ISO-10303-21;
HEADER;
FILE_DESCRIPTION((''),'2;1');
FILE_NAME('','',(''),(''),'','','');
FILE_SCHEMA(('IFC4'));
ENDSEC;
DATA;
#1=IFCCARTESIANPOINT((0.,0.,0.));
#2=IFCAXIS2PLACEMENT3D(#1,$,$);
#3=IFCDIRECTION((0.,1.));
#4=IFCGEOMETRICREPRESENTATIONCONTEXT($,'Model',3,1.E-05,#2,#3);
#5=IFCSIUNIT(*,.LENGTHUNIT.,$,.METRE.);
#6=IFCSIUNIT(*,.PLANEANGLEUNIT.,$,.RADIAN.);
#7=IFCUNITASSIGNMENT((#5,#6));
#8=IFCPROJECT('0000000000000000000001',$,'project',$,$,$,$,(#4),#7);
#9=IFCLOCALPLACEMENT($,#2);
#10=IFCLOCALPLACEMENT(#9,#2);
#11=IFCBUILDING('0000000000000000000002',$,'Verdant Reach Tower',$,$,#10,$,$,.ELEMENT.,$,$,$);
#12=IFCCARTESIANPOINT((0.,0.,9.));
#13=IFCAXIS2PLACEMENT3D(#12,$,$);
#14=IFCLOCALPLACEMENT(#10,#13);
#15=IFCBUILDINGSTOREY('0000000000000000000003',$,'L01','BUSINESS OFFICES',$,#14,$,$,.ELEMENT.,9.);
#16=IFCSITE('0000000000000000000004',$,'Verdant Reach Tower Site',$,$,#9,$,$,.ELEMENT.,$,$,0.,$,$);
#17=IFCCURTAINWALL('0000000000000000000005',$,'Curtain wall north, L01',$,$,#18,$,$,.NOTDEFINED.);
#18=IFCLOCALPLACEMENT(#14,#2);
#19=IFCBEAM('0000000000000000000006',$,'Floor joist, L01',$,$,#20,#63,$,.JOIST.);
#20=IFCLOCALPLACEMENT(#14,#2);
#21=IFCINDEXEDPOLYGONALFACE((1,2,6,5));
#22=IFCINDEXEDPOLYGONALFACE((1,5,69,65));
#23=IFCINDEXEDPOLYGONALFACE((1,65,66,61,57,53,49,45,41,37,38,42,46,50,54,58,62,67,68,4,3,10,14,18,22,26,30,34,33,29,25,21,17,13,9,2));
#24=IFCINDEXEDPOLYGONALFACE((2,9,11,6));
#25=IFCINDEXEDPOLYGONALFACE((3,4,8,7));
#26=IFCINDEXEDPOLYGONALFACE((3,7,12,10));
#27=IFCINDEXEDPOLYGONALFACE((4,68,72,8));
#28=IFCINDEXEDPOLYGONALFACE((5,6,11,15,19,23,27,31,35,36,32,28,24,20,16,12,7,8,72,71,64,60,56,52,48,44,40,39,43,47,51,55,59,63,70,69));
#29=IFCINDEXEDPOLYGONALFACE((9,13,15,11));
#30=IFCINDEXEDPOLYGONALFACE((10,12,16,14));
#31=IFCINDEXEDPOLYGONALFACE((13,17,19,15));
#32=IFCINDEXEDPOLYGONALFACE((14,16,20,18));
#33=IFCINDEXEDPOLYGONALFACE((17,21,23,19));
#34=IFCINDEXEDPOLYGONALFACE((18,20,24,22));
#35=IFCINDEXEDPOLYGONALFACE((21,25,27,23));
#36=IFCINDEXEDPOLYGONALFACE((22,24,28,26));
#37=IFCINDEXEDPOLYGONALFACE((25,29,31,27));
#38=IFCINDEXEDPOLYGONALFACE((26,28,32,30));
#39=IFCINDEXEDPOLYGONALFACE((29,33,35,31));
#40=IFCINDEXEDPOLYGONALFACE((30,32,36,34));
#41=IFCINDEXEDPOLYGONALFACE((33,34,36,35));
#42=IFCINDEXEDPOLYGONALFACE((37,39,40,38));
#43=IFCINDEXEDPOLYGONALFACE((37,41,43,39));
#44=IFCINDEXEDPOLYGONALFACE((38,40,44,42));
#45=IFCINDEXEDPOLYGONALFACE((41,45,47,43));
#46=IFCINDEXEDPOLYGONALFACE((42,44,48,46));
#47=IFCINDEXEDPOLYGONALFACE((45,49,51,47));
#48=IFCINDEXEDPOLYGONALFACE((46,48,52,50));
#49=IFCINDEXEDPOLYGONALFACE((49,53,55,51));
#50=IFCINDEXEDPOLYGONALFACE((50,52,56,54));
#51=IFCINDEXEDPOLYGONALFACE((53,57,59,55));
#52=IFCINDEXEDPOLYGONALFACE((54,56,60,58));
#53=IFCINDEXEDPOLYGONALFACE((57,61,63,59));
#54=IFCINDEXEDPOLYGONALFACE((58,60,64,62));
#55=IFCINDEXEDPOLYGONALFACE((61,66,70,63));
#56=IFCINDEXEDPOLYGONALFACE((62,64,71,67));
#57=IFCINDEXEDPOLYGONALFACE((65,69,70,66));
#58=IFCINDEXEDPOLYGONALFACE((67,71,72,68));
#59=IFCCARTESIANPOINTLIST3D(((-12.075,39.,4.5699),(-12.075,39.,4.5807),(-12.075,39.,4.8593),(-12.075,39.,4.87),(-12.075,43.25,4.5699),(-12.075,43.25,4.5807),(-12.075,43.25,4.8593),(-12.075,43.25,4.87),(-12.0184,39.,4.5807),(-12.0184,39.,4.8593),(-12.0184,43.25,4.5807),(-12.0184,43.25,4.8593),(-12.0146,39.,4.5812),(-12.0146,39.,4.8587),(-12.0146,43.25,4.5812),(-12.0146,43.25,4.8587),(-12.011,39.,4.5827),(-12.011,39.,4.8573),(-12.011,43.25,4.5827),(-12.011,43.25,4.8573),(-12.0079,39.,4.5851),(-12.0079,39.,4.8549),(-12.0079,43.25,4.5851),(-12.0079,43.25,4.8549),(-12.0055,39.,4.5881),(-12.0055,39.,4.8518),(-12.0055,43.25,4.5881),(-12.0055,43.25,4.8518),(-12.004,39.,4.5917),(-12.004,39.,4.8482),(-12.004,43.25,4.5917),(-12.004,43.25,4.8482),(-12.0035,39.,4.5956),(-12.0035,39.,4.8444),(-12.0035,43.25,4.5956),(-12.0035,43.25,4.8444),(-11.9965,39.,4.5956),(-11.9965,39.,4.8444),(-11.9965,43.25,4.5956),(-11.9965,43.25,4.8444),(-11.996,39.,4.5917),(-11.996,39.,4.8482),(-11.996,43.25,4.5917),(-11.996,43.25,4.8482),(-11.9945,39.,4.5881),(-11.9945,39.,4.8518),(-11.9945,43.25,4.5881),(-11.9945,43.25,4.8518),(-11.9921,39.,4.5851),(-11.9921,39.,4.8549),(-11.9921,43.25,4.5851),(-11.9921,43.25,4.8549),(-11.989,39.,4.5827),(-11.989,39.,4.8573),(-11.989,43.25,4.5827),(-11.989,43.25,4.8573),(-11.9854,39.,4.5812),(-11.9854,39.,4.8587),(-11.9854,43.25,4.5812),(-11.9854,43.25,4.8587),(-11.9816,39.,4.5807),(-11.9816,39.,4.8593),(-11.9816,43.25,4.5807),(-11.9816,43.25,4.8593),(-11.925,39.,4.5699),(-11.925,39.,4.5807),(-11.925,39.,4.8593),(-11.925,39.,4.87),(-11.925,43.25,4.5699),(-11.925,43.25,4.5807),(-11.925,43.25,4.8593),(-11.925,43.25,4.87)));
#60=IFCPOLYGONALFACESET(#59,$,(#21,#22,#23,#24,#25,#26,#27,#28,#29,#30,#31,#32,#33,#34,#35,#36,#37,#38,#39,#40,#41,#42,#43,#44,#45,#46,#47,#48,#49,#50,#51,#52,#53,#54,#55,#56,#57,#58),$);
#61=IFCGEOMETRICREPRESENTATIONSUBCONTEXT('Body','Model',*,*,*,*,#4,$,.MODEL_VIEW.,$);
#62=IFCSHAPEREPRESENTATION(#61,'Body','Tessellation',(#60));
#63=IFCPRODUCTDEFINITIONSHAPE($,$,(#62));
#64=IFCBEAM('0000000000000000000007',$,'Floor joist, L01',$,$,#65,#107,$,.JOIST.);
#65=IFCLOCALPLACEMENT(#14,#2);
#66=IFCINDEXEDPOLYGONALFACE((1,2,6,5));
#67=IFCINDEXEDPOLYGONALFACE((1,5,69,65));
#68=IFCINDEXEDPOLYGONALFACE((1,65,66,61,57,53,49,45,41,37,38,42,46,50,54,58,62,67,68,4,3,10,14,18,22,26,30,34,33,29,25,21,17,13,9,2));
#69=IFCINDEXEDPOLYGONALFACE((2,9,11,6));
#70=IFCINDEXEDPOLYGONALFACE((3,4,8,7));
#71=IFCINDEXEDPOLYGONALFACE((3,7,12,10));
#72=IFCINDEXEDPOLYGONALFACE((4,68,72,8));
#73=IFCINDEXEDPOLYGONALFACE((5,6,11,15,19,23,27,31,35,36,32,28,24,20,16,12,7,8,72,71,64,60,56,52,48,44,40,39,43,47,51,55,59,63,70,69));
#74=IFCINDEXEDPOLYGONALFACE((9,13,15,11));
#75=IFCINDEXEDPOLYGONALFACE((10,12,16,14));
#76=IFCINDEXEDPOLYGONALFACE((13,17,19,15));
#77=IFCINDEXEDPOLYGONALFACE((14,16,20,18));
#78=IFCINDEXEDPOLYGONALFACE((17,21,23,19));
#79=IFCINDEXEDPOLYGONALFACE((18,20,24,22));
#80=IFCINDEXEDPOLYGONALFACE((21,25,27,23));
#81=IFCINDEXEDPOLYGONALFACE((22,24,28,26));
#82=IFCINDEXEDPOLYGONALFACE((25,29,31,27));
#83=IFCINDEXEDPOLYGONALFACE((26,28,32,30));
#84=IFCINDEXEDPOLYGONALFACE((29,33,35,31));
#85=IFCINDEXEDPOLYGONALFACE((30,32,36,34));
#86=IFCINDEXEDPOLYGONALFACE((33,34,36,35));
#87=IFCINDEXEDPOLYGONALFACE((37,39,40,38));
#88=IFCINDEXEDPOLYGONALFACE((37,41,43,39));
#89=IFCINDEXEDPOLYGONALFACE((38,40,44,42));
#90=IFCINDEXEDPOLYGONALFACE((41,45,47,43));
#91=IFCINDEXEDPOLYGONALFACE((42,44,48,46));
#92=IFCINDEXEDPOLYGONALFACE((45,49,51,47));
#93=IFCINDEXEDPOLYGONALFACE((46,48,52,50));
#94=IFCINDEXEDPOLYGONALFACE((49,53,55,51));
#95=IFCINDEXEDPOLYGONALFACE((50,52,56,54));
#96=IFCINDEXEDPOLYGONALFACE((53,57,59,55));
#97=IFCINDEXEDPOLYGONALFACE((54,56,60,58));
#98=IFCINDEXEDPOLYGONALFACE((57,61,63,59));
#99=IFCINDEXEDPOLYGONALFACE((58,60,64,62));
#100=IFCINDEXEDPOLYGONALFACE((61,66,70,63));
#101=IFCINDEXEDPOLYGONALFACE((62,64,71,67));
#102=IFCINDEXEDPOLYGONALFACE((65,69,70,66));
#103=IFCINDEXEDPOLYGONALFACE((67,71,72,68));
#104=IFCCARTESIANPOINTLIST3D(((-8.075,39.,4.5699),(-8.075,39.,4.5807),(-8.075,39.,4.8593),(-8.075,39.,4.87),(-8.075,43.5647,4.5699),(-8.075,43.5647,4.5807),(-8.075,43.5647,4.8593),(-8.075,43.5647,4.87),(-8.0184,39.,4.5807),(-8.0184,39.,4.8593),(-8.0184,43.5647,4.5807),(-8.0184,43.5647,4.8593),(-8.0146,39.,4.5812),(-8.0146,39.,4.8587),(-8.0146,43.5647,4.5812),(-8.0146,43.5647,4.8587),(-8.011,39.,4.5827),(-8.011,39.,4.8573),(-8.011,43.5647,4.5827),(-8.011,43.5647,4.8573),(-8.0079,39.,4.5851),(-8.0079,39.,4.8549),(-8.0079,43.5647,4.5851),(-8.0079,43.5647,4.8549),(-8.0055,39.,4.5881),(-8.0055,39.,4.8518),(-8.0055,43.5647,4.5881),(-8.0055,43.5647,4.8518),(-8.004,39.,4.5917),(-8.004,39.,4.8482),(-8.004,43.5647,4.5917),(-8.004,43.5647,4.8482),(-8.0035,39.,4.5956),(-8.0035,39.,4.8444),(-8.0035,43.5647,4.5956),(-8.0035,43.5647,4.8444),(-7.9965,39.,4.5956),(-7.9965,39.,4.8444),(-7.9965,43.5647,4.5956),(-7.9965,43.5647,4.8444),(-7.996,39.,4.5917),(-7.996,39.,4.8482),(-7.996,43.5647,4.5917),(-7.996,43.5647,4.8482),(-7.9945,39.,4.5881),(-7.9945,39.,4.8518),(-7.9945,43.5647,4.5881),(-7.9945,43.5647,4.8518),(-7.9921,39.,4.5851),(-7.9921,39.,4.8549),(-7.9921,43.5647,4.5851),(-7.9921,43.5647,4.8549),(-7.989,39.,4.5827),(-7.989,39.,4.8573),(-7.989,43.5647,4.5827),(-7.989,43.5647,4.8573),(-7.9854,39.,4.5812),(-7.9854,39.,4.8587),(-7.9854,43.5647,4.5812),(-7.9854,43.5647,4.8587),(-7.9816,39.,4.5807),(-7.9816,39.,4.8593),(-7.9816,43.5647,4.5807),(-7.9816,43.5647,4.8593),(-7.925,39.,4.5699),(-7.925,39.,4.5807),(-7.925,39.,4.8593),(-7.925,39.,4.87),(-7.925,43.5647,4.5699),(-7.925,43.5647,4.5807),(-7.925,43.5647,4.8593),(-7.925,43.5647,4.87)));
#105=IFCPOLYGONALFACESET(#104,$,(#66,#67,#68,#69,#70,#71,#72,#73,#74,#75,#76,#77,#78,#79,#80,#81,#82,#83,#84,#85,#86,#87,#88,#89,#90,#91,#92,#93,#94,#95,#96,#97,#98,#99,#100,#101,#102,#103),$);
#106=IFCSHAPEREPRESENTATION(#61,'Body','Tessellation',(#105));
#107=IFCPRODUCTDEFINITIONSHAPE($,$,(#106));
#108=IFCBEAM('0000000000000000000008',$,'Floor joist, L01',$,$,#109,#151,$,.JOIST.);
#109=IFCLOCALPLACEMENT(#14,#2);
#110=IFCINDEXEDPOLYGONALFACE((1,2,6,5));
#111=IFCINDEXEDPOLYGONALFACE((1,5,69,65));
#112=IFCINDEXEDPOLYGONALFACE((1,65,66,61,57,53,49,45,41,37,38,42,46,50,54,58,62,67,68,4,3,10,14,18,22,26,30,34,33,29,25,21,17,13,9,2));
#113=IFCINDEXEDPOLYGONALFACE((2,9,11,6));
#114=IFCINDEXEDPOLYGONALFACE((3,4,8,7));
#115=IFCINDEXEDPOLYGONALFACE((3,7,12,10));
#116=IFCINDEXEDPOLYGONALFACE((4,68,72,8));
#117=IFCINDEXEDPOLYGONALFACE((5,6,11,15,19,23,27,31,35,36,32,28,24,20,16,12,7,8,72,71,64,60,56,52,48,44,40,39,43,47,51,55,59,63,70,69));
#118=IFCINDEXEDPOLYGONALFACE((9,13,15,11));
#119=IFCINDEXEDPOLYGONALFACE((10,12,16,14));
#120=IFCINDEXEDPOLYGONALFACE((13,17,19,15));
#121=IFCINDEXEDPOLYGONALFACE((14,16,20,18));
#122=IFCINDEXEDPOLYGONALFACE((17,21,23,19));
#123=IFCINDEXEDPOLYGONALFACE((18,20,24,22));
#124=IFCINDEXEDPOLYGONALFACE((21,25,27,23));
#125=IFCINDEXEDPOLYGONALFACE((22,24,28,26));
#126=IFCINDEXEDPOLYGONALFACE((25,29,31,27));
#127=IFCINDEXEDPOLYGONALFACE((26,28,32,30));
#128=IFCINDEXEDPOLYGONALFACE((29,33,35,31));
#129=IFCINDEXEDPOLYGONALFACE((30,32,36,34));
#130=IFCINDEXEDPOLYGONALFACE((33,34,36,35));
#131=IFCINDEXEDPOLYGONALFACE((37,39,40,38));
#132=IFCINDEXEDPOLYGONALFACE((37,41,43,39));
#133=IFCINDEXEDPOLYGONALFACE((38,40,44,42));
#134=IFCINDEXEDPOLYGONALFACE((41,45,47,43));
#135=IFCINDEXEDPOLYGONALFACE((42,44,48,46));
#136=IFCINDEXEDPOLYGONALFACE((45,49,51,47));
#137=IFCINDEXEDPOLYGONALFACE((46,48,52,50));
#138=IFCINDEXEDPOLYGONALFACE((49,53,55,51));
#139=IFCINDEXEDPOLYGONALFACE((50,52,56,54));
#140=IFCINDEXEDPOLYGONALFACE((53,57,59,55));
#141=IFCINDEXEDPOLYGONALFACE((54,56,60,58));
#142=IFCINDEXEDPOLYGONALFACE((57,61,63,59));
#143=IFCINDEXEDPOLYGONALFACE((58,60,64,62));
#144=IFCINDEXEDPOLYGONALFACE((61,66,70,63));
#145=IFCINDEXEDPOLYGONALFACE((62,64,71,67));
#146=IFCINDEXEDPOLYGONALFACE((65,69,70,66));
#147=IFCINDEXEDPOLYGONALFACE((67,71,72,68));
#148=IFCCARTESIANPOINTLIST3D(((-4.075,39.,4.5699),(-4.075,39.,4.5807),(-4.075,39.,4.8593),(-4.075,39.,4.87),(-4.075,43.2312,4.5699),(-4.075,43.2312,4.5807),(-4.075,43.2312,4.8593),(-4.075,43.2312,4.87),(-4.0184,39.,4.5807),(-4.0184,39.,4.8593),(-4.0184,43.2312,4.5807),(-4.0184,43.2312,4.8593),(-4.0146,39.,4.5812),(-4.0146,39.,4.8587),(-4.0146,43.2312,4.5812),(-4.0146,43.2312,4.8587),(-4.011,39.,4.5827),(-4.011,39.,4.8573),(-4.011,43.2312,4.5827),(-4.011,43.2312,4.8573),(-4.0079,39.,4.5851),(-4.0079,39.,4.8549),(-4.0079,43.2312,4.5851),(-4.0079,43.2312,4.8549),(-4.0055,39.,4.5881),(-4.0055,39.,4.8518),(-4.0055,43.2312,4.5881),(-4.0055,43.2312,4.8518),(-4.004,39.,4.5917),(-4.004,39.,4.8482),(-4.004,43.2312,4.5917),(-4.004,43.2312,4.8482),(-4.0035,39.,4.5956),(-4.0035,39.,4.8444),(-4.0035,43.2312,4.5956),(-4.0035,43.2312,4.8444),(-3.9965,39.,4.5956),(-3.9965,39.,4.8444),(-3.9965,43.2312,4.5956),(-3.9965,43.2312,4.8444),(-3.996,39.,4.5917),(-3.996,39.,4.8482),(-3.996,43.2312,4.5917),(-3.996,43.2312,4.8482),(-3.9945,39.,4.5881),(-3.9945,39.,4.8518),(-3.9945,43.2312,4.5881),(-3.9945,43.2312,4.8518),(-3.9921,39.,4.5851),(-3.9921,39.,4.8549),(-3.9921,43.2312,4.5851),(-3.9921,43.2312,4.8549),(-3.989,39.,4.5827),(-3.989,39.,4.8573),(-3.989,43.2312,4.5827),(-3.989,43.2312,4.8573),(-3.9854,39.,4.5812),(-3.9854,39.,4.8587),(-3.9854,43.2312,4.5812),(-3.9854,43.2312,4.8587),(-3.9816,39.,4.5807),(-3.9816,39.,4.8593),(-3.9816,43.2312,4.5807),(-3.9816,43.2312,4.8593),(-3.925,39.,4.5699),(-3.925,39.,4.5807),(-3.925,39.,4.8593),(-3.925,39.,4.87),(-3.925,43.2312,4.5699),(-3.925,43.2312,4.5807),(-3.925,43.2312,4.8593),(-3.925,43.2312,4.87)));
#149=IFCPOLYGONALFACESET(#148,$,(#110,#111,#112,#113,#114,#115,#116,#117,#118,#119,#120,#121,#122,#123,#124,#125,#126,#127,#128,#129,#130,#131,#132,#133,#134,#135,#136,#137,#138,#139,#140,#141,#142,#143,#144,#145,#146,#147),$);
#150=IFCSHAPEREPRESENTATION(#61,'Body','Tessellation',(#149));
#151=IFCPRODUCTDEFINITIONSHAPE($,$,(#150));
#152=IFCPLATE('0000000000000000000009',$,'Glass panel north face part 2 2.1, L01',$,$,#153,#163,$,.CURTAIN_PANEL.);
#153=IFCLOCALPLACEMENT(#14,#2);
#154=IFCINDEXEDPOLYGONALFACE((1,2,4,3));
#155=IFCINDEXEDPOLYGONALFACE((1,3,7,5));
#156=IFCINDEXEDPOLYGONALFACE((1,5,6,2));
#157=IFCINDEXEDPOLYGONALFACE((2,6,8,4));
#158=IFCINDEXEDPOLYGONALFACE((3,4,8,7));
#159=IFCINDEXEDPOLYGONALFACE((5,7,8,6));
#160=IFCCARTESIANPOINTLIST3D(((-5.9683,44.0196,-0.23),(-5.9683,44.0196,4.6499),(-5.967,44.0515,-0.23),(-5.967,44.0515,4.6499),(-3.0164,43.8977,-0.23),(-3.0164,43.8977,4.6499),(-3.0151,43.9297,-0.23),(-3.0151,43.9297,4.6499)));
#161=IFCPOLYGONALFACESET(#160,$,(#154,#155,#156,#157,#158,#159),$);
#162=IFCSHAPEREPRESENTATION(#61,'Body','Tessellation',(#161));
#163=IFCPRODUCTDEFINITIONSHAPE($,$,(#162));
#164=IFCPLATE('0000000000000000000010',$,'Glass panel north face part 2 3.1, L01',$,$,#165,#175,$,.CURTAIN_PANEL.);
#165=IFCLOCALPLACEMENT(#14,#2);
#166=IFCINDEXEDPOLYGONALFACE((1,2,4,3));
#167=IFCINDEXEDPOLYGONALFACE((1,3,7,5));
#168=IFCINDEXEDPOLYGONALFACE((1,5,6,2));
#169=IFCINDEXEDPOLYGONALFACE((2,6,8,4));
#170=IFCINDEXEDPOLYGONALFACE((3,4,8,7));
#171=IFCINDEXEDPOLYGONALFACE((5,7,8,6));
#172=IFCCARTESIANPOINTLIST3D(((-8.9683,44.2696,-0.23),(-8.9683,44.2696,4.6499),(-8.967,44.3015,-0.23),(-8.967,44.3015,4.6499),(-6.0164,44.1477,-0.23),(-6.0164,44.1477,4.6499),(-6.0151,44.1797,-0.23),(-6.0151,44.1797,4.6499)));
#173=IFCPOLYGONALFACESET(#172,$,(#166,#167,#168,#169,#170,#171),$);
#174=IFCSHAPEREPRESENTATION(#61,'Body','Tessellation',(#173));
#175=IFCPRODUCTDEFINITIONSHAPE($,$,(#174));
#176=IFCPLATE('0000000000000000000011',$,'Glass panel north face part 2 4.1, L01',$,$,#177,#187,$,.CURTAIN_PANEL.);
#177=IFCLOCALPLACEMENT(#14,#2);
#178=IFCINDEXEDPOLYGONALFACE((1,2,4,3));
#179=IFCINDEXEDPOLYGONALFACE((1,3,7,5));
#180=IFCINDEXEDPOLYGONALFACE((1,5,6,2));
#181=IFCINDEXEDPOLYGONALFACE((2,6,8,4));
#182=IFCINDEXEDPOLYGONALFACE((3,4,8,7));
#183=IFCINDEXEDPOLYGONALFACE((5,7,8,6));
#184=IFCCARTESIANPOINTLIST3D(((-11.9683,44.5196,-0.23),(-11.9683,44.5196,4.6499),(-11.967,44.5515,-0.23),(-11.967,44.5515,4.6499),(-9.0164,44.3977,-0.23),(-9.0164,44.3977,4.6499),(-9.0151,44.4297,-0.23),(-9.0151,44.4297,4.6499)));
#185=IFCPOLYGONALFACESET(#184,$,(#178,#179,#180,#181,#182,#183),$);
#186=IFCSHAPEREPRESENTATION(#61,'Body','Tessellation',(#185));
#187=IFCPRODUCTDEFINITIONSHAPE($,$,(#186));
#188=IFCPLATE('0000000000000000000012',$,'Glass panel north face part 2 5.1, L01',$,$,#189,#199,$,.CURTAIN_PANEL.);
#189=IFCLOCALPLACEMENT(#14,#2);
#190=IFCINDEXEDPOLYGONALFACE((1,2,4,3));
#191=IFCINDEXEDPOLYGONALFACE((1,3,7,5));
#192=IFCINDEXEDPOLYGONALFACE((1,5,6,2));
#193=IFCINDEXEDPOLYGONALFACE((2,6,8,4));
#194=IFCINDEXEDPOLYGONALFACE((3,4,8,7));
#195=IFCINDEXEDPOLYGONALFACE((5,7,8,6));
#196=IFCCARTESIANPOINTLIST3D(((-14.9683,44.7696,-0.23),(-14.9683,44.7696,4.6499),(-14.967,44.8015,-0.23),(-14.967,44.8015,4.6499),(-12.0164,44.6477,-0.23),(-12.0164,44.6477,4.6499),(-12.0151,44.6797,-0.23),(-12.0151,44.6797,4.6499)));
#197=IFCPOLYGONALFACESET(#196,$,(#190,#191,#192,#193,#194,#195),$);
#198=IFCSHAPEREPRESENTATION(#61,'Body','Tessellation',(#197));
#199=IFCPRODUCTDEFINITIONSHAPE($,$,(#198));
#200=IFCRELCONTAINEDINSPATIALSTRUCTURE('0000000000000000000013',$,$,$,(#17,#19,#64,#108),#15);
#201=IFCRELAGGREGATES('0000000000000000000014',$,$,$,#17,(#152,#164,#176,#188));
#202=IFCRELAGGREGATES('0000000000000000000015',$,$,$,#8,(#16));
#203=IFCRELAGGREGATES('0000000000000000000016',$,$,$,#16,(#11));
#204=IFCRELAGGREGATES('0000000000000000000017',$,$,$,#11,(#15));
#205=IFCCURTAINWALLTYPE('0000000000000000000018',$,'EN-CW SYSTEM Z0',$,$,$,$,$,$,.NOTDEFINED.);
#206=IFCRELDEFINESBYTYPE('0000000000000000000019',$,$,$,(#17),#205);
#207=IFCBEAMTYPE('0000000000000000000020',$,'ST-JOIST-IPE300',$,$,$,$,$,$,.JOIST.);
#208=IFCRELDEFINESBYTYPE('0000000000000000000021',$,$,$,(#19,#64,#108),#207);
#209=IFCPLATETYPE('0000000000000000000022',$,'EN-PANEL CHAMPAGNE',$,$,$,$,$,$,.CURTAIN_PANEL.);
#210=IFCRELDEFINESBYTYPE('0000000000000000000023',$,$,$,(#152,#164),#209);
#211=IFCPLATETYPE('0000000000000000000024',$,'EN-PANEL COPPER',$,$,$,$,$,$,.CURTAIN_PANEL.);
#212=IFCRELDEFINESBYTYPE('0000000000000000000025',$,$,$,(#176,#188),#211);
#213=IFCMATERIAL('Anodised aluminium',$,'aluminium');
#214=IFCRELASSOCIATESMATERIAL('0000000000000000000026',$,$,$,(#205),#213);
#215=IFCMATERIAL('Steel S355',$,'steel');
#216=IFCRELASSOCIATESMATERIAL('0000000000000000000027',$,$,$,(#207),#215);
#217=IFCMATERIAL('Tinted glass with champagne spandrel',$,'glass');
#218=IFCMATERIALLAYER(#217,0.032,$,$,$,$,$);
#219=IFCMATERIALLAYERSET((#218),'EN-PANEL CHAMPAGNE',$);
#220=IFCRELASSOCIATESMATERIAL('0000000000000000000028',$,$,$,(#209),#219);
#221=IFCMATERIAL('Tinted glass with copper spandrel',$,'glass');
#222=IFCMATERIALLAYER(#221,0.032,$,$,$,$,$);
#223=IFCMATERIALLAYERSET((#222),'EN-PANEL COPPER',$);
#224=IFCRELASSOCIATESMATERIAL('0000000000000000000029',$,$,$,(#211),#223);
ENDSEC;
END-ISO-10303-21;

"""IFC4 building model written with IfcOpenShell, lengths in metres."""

from ifc_helpers import new_model, si_unit, direction, frame, origin, origin_2d, place, context, subcontext, project, spatial, rectangle, i_section, extrude, material, layer, layer_set, material_profile, profile_set, type_object, element, aggregate, save


model = new_model("IFC4")

# Units and contexts
model_context = context("Model", 3, precision=1e-05, world=origin(), true_north=direction((0.0, 1.0)))
body_context = subcontext(model_context, "Body", "Model", "MODEL_VIEW")
ifc_project = project(units=[si_unit("LENGTHUNIT", "METRE"), si_unit("PLANEANGLEUNIT", "RADIAN")], contexts=[model_context])

# Site, building, storey
site_placement = place(None, origin())
site = spatial("IfcSite", under=ifc_project, at=site_placement, Name="Verdant Reach Tower Site", CompositionType="ELEMENT", RefElevation=0.0)
building_placement = place(site_placement, origin())
building = spatial("IfcBuilding", under=site, at=building_placement, Name="Verdant Reach Tower", CompositionType="ELEMENT")
storey_placement = place(building_placement, frame((0.0, 0.0, 9.0)))
storey = spatial("IfcBuildingStorey", under=building, at=storey_placement, Name="L01", Description="BUSINESS OFFICES", CompositionType="ELEMENT", Elevation=9.0)

# Curtain wall
ifc_material_1 = material(Name="Anodised aluminium", Category="aluminium")
curtain_wall_type = type_object("IfcCurtainWallType", Name="EN-CW SYSTEM Z0", PredefinedType="NOTDEFINED", material=ifc_material_1)
curtain_wall_placement = place(storey_placement, origin())
curtain_wall = element("IfcCurtainWall", 1, at=curtain_wall_placement, inside=storey, type_object=curtain_wall_type, Name="Curtain wall north, L01", PredefinedType="NOTDEFINED")

# Beams
ifc_material_2 = material(Name="Steel S355", Category="steel")
ifc_material_profile_1 = material_profile(ifc_material_2, i_section(OverallWidth=0.1499, OverallDepth=0.3, WebThickness=0.0071, FlangeThickness=0.0107, FilletRadius=0.0149, at=origin_2d()), Name="IPE 300")
ifc_profile_set_1 = profile_set([ifc_material_profile_1], Name="Steel S355")
beam_type_1 = type_object("IfcBeamType", Name="ST-JOIST-IPE300", PredefinedType="JOIST", material=ifc_profile_set_1)
beam_1_placement = place(storey_placement, frame((-12.0, 39.0, 4.72), z_axis=(0.0, 1.0, 0.0), x_axis=(-1.0, 0.0, 0.0)))
element("IfcBeam", 2, at=beam_1_placement, inside=storey, type_object=beam_type_1, Name="Floor joist, L01", PredefinedType="JOIST", context=body_context, shape_type="SweptSolid", body=[
    extrude(i_section(OverallWidth=0.1499, OverallDepth=0.3, WebThickness=0.0071, FlangeThickness=0.0107, FilletRadius=0.0149, at=origin_2d()), origin(), (0.0, 0.0, 1.0), 4.25),
])
beam_2_placement = place(storey_placement, frame((-8.0, 39.0, 4.72), z_axis=(0.0, 1.0, 0.0), x_axis=(-1.0, 0.0, 0.0)))
element("IfcBeam", 3, at=beam_2_placement, inside=storey, type_object=beam_type_1, Name="Floor joist, L01", PredefinedType="JOIST", context=body_context, shape_type="SweptSolid", body=[
    extrude(i_section(OverallWidth=0.1499, OverallDepth=0.3, WebThickness=0.0071, FlangeThickness=0.0107, FilletRadius=0.0149, at=origin_2d()), origin(), (0.0, 0.0, 1.0), 4.5647),
])
beam_3_placement = place(storey_placement, frame((-4.0, 39.0, 4.72), z_axis=(0.0, 1.0, 0.0), x_axis=(-1.0, 0.0, 0.0)))
element("IfcBeam", 4, at=beam_3_placement, inside=storey, type_object=beam_type_1, Name="Floor joist, L01", PredefinedType="JOIST", context=body_context, shape_type="SweptSolid", body=[
    extrude(i_section(OverallWidth=0.1499, OverallDepth=0.3, WebThickness=0.0071, FlangeThickness=0.0107, FilletRadius=0.0149, at=origin_2d()), origin(), (0.0, 0.0, 1.0), 4.2312),
])

# Plates
ifc_material_3 = material(Name="Tinted glass with champagne spandrel", Category="glass")
ifc_layer_1 = layer(ifc_material_3, 0.032)
ifc_layer_set_1 = layer_set([ifc_layer_1], Name="EN-PANEL CHAMPAGNE")
plate_type_1 = type_object("IfcPlateType", Name="EN-PANEL CHAMPAGNE", PredefinedType="CURTAIN_PANEL", material=ifc_layer_set_1)
plate_1_placement = place(storey_placement, frame((-4.4917, 43.9746, -0.23), z_axis=(0.0, 0.0, 1.0), x_axis=(-0.999149, 0.041242, 0.0)))
plate_1 = element("IfcPlate", 5, at=plate_1_placement, type_object=plate_type_1, Name="Glass panel north face part 2 2.1, L01", PredefinedType="CURTAIN_PANEL", context=body_context, shape_type="SweptSolid", body=[
    extrude(rectangle(XDim=2.9543, YDim=0.032, at=origin_2d()), origin(), (0.0, 0.0, 1.0), 4.8799),
])
plate_2_placement = place(storey_placement, frame((-7.4917, 44.2246, -0.23), z_axis=(0.0, 0.0, 1.0), x_axis=(-0.999149, 0.041242, 0.0)))
plate_2 = element("IfcPlate", 6, at=plate_2_placement, type_object=plate_type_1, Name="Glass panel north face part 2 3.1, L01", PredefinedType="CURTAIN_PANEL", context=body_context, shape_type="SweptSolid", body=[
    extrude(rectangle(XDim=2.9543, YDim=0.032, at=origin_2d()), origin(), (0.0, 0.0, 1.0), 4.8799),
])
ifc_material_4 = material(Name="Tinted glass with copper spandrel", Category="glass")
ifc_layer_2 = layer(ifc_material_4, 0.032)
ifc_layer_set_2 = layer_set([ifc_layer_2], Name="EN-PANEL COPPER")
plate_type_2 = type_object("IfcPlateType", Name="EN-PANEL COPPER", PredefinedType="CURTAIN_PANEL", material=ifc_layer_set_2)
plate_3_placement = place(storey_placement, frame((-10.4917, 44.4746, -0.23), z_axis=(0.0, 0.0, 1.0), x_axis=(-0.999149, 0.041242, 0.0)))
plate_3 = element("IfcPlate", 7, at=plate_3_placement, type_object=plate_type_2, Name="Glass panel north face part 2 4.1, L01", PredefinedType="CURTAIN_PANEL", context=body_context, shape_type="SweptSolid", body=[
    extrude(rectangle(XDim=2.9543, YDim=0.032, at=origin_2d()), origin(), (0.0, 0.0, 1.0), 4.8799),
])
plate_4_placement = place(storey_placement, frame((-13.4917, 44.7246, -0.23), z_axis=(0.0, 0.0, 1.0), x_axis=(-0.999149, 0.041242, 0.0)))
plate_4 = element("IfcPlate", 8, at=plate_4_placement, type_object=plate_type_2, Name="Glass panel north face part 2 5.1, L01", PredefinedType="CURTAIN_PANEL", context=body_context, shape_type="SweptSolid", body=[
    extrude(rectangle(XDim=2.9543, YDim=0.032, at=origin_2d()), origin(), (0.0, 0.0, 1.0), 4.8799),
])
aggregate(curtain_wall, [plate_1, plate_2, plate_3, plate_4])

save(model, "model.ifc")
